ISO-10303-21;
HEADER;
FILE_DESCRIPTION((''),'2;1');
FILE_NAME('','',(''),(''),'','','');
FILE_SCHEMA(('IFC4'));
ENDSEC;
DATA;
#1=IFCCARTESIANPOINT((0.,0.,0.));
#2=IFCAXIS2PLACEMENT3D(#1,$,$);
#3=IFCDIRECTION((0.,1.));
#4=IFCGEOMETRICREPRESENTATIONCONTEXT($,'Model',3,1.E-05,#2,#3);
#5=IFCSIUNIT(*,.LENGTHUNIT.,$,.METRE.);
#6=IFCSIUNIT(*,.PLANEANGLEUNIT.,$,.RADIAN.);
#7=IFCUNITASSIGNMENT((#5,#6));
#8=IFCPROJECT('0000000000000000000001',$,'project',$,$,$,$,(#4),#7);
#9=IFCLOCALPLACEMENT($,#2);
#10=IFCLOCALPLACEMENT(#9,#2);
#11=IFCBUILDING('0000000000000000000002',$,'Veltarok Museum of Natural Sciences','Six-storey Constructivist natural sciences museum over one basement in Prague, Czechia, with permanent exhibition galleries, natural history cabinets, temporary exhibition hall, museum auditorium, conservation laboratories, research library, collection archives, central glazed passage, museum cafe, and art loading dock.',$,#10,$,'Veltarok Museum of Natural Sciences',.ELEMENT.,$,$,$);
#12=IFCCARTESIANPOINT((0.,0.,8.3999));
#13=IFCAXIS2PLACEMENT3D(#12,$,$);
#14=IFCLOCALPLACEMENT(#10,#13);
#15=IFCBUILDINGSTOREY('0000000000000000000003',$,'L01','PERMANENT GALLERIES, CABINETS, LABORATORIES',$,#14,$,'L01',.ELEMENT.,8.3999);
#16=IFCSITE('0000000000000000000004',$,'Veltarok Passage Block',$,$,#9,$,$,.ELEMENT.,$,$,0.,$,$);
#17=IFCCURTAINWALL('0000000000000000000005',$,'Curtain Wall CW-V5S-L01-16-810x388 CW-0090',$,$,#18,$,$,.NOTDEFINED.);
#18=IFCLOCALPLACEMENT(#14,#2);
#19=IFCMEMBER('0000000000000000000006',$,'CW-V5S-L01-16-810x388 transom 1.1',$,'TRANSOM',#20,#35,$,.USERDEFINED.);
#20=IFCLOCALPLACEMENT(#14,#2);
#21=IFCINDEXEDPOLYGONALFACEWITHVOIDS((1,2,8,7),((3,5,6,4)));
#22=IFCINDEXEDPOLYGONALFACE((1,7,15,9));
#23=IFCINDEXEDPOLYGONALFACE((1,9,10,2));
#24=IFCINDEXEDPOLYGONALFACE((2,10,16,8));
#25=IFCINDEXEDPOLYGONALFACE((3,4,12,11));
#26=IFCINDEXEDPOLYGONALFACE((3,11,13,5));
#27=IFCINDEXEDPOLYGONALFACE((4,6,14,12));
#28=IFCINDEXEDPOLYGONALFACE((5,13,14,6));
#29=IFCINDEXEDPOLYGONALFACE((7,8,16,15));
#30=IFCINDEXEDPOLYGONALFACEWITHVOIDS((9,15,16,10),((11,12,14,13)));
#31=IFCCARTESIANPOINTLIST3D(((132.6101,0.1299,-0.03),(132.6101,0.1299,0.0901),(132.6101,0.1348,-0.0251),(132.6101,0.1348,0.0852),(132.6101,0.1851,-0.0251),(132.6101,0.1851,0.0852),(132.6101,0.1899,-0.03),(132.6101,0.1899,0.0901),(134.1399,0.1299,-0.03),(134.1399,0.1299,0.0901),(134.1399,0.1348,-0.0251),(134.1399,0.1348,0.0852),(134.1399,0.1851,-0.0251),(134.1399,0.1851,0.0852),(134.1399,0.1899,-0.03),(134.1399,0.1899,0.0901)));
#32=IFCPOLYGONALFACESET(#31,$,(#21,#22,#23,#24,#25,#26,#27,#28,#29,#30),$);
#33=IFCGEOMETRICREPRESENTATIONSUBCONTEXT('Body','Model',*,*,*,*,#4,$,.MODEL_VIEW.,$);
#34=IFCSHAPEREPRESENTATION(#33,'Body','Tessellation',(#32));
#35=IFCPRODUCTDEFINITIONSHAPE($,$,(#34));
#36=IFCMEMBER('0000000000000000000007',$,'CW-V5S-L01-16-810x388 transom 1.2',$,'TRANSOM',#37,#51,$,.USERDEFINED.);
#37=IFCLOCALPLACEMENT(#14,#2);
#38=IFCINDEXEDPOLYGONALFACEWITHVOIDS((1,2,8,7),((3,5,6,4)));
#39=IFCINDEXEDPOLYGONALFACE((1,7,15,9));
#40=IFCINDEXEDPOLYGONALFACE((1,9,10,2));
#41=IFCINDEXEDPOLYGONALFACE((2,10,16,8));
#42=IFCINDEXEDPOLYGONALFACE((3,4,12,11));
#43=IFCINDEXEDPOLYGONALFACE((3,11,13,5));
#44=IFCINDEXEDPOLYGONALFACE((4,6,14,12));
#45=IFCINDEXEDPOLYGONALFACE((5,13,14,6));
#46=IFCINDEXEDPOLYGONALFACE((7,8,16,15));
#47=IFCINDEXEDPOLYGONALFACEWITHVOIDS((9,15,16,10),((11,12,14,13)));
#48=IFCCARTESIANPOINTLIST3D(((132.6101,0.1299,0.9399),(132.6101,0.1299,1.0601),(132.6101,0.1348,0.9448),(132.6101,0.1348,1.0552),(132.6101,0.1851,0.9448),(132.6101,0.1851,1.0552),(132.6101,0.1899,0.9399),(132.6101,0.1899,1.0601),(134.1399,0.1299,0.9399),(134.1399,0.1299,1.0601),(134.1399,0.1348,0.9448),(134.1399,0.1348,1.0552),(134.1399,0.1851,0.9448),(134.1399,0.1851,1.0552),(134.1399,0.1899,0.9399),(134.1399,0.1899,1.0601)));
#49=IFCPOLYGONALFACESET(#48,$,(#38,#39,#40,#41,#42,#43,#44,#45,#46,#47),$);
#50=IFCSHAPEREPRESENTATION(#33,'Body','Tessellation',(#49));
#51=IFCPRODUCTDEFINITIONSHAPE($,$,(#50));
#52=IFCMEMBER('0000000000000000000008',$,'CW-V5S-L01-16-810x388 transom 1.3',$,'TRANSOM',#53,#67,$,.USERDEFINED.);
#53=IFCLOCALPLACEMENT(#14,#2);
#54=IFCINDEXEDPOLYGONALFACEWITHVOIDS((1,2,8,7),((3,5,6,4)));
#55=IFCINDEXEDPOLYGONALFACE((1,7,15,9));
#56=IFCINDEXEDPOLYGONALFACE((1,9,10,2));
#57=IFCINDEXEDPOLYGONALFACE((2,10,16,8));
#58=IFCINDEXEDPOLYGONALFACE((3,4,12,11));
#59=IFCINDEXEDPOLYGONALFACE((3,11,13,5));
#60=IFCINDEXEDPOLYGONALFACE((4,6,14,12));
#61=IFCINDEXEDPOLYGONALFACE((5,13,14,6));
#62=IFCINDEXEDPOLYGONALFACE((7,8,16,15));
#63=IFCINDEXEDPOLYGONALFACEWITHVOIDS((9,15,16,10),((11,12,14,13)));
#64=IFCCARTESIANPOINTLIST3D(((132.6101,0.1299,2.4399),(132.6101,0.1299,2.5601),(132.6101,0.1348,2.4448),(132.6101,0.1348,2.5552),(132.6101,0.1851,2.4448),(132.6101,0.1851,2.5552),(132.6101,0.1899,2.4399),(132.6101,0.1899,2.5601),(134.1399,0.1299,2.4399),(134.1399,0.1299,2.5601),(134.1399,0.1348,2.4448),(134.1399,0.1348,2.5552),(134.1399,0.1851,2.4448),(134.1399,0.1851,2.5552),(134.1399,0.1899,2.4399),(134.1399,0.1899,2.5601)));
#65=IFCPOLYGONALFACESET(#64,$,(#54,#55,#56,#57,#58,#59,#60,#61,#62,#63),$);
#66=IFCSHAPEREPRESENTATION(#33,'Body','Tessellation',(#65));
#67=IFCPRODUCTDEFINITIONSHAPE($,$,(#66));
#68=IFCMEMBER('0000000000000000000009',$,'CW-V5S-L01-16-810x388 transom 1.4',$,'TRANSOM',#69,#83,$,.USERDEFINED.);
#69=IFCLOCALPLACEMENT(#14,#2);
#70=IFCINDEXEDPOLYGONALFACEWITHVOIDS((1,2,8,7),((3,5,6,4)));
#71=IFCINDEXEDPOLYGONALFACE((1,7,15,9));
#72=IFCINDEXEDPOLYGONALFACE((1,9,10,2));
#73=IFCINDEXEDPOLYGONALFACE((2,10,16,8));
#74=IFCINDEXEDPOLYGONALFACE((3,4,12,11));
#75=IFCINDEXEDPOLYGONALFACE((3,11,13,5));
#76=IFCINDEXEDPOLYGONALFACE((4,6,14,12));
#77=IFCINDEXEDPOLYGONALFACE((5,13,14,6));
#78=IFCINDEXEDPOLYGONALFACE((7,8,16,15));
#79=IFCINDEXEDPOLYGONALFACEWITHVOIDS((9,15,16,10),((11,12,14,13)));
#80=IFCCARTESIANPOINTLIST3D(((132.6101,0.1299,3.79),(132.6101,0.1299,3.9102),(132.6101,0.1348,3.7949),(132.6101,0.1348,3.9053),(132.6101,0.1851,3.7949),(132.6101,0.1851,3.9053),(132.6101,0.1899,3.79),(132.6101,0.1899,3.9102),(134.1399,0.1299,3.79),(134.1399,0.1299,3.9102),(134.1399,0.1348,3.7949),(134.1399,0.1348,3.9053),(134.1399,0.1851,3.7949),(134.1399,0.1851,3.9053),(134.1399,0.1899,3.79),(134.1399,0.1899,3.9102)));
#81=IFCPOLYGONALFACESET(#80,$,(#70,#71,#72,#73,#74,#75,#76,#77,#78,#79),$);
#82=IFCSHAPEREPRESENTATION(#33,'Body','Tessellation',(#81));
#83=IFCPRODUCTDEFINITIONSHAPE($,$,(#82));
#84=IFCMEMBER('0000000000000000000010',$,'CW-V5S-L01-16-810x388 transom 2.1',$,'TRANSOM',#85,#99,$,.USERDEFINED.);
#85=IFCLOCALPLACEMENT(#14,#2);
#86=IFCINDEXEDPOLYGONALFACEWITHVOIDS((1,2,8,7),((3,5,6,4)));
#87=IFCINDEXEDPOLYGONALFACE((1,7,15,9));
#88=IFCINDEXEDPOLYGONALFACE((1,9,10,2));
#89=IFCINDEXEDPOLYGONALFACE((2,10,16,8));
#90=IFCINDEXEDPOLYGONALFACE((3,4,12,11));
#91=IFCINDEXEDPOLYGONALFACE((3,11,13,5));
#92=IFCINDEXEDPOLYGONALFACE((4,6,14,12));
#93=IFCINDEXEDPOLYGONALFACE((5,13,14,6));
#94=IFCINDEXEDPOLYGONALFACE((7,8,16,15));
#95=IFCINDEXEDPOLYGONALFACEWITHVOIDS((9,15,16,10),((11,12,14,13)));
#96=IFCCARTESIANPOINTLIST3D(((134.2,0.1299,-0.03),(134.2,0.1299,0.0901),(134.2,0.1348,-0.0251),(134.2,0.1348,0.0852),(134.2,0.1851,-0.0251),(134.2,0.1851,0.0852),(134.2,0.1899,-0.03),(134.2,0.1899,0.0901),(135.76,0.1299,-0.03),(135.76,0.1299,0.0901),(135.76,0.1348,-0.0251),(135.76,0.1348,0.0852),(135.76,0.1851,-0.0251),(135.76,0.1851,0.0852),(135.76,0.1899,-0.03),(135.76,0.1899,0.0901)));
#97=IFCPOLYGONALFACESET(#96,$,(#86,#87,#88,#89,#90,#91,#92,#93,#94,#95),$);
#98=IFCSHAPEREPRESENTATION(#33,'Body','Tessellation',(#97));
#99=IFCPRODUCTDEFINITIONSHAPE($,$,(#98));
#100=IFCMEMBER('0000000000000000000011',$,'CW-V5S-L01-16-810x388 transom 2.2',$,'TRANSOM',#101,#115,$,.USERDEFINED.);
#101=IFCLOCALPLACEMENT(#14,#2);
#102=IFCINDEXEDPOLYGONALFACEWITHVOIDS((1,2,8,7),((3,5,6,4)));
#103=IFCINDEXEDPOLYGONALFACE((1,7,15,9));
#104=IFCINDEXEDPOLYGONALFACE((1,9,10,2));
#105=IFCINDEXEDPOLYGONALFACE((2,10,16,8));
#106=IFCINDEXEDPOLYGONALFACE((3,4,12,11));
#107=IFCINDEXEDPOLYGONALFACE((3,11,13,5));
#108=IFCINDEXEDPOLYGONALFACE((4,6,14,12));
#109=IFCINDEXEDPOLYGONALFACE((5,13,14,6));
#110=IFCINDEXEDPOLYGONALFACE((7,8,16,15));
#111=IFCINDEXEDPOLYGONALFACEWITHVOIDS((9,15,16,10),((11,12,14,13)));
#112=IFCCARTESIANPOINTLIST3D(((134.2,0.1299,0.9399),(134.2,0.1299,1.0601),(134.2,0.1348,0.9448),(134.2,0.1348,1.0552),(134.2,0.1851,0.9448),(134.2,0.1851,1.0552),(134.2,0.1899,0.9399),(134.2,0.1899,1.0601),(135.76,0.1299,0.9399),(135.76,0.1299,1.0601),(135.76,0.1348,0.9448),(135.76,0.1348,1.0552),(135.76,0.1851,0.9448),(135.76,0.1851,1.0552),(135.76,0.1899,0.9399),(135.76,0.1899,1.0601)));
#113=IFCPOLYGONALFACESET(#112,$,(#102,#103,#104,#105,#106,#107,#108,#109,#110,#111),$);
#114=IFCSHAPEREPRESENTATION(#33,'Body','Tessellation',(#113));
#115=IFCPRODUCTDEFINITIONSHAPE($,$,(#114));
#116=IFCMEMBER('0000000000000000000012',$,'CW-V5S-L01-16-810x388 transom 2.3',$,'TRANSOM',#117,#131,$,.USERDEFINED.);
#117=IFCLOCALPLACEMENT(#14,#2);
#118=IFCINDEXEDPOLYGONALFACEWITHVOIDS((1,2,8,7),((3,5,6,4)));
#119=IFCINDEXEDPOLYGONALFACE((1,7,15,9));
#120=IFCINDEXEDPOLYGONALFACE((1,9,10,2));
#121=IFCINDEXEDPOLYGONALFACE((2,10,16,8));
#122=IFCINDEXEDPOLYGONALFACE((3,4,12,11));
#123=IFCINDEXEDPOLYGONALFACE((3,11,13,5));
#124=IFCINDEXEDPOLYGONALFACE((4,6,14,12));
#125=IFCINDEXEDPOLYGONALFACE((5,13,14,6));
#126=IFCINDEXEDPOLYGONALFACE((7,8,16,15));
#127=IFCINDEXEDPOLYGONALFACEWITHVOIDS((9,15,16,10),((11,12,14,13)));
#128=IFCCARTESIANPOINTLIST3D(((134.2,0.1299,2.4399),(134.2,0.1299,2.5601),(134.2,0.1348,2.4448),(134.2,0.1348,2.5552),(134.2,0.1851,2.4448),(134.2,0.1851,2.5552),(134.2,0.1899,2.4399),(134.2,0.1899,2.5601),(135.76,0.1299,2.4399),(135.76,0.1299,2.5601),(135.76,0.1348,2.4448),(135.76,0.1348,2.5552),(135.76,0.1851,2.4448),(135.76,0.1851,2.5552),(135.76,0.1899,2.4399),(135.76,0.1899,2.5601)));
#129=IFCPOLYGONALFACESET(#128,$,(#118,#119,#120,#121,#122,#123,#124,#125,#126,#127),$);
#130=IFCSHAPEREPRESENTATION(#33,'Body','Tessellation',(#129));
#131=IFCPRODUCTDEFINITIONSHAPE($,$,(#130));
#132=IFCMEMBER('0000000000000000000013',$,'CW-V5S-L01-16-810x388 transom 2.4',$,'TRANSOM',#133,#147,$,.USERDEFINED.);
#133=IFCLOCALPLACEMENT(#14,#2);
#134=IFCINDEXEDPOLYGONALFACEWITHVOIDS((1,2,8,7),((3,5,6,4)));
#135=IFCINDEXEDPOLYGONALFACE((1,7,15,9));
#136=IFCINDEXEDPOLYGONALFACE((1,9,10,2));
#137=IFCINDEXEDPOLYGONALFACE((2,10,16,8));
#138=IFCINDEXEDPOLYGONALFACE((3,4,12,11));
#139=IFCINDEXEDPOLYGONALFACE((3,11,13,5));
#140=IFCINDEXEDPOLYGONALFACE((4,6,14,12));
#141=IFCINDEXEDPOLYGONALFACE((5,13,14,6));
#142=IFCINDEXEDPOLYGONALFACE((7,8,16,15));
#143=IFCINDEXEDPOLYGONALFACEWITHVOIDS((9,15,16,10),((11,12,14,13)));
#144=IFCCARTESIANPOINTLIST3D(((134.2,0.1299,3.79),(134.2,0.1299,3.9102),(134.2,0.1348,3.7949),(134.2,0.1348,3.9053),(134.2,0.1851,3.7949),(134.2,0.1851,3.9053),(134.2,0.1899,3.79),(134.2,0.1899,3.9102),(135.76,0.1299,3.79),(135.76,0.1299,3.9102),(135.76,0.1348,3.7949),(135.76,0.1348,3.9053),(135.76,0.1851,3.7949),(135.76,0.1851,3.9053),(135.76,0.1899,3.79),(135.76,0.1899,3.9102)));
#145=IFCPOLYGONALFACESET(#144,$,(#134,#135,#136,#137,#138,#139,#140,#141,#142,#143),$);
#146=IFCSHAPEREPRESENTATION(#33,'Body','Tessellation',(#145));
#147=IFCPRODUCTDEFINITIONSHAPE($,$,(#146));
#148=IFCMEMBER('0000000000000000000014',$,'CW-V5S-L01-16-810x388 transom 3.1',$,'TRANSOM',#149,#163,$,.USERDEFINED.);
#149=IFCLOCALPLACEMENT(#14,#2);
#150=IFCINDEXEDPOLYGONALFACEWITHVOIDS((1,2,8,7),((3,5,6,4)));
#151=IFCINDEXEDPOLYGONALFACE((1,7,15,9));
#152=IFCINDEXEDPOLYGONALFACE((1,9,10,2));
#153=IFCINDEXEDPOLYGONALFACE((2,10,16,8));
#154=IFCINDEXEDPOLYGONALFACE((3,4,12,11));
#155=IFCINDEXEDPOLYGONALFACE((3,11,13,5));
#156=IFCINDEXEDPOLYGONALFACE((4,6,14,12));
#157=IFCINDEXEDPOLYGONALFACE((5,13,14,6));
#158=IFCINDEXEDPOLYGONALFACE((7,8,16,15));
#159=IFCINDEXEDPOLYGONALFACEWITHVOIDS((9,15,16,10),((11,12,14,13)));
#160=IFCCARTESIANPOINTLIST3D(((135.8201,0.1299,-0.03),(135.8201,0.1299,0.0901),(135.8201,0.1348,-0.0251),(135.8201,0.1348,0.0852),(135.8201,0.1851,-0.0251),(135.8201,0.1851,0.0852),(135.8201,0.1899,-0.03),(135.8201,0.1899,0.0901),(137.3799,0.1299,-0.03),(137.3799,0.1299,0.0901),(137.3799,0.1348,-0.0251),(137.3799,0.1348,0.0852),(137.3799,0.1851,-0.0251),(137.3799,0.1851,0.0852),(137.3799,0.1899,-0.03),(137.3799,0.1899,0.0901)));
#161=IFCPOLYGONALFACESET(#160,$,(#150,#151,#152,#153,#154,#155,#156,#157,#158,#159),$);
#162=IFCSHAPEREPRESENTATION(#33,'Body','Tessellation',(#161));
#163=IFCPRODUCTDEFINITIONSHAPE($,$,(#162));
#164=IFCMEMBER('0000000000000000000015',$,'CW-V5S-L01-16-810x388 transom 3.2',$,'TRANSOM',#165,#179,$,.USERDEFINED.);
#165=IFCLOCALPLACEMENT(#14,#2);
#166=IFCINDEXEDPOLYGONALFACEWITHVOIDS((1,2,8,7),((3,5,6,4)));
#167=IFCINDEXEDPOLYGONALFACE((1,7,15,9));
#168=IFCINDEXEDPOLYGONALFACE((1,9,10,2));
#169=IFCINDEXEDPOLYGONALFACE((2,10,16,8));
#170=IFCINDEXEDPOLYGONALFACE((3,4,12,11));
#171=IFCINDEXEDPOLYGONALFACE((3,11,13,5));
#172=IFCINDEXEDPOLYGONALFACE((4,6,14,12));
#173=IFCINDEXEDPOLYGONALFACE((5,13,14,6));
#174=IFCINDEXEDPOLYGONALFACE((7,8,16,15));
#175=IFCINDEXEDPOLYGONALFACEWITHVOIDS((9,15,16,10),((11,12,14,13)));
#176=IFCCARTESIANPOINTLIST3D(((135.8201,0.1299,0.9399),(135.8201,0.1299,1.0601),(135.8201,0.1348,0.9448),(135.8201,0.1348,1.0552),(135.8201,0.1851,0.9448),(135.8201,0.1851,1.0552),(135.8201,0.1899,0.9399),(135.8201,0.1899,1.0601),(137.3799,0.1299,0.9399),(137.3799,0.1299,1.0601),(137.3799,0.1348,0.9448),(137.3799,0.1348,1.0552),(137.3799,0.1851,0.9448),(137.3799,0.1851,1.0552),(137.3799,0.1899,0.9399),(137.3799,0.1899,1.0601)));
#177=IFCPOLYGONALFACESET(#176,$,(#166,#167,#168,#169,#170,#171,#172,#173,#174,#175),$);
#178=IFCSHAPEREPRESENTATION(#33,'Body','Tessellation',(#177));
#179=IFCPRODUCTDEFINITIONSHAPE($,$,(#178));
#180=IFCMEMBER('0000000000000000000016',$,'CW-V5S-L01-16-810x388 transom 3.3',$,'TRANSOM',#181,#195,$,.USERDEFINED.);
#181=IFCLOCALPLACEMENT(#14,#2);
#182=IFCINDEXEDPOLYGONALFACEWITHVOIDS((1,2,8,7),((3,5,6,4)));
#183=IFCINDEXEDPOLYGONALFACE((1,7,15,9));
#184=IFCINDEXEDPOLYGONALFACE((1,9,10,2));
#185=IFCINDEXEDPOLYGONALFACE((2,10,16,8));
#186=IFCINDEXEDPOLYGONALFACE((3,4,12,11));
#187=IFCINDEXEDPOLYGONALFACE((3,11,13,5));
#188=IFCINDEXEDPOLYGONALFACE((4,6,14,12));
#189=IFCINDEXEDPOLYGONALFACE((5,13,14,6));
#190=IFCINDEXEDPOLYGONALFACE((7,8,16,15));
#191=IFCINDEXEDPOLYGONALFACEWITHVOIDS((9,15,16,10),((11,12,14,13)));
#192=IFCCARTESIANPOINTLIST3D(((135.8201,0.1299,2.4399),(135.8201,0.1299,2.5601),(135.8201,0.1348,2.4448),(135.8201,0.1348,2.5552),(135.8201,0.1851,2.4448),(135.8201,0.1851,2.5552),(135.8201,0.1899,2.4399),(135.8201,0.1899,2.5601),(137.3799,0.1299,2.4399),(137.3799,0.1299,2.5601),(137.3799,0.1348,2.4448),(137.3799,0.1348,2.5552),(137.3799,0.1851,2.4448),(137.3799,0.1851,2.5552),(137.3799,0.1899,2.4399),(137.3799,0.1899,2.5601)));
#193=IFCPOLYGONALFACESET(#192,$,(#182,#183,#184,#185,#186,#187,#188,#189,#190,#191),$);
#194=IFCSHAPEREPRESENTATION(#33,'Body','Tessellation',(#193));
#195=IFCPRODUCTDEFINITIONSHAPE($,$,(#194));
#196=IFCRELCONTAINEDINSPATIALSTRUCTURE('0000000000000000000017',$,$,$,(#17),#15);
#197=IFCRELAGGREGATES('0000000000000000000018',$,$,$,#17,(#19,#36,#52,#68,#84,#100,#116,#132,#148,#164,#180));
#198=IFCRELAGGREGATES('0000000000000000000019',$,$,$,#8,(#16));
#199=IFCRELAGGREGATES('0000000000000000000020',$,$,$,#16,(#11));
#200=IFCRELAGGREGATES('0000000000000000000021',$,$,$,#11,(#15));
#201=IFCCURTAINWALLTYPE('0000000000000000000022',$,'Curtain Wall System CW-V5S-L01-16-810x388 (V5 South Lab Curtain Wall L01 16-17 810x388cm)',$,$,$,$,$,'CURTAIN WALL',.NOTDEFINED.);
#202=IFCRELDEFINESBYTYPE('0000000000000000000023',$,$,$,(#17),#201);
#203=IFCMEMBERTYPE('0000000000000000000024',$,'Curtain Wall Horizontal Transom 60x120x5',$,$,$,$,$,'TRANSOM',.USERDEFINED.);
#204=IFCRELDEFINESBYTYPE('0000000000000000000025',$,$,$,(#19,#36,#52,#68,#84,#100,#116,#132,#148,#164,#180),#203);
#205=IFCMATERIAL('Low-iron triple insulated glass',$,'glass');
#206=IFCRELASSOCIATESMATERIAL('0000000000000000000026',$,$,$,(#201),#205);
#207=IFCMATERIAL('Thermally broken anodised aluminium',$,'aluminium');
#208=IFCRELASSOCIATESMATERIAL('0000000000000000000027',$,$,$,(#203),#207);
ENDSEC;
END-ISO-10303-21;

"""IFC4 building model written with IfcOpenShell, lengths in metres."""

from ifc_helpers import new_model, si_unit, direction, frame, origin, origin_2d, place, context, subcontext, project, spatial, hollow_rectangle, extrude, material, material_profile, profile_set, type_object, element, aggregate, save


model = new_model("IFC4")

# Units and contexts
model_context = context("Model", 3, precision=1e-05, world=origin(), true_north=direction((0.0, 1.0)))
body_context = subcontext(model_context, "Body", "Model", "MODEL_VIEW")
ifc_project = project(units=[si_unit("LENGTHUNIT", "METRE"), si_unit("PLANEANGLEUNIT", "RADIAN")], contexts=[model_context])

# Site, building, storey
site_placement = place(None, origin())
site = spatial("IfcSite", under=ifc_project, at=site_placement, Name="Veltarok Passage Block", CompositionType="ELEMENT", RefElevation=0.0)
building_placement = place(site_placement, origin())
building = spatial("IfcBuilding", under=site, at=building_placement, Name="Veltarok Museum of Natural Sciences", Description="Six-storey Constructivist natural sciences museum over one basement in Prague, Czechia, with permanent exhibition galleries, natural history cabinets, temporary exhibition hall, museum auditorium, conservation laboratories, research library, collection archives, central glazed passage, museum cafe, and art loading dock.", LongName="Veltarok Museum of Natural Sciences", CompositionType="ELEMENT")
storey_placement = place(building_placement, frame((0.0, 0.0, 8.3999)))
storey = spatial("IfcBuildingStorey", under=building, at=storey_placement, Name="L01", Description="PERMANENT GALLERIES, CABINETS, LABORATORIES", LongName="L01", CompositionType="ELEMENT", Elevation=8.3999)

# Curtain wall, members
ifc_material_1 = material(Name="Low-iron triple insulated glass", Category="glass")
curtain_wall_type = type_object("IfcCurtainWallType", Name="Curtain Wall System CW-V5S-L01-16-810x388 (V5 South Lab Curtain Wall L01 16-17 810x388cm)", ElementType="CURTAIN WALL", PredefinedType="NOTDEFINED", material=ifc_material_1)
curtain_wall_placement = place(storey_placement, origin())
curtain_wall = element("IfcCurtainWall", 1, at=curtain_wall_placement, inside=storey, type_object=curtain_wall_type, Name="Curtain Wall CW-V5S-L01-16-810x388 CW-0090", PredefinedType="NOTDEFINED")
ifc_material_2 = material(Name="Thermally broken anodised aluminium", Category="aluminium")
ifc_material_profile_1 = material_profile(ifc_material_2, hollow_rectangle(XDim=0.0601, YDim=0.1201, WallThickness=0.0049, at=origin_2d()), Name="CW TRANSOM 60x120x5")
ifc_profile_set_1 = profile_set([ifc_material_profile_1], Name="Thermally broken anodised aluminium")
member_type_1 = type_object("IfcMemberType", Name="Curtain Wall Horizontal Transom 60x120x5", ElementType="TRANSOM", PredefinedType="USERDEFINED", material=ifc_profile_set_1)
member_1_placement = place(storey_placement, frame((132.6101, 0.1599, 0.03), z_axis=(1.0, 0.0, 0.0), x_axis=(0.0, 1.0, 0.0)))
member_1 = element("IfcMember", 2, at=member_1_placement, type_object=member_type_1, Name="CW-V5S-L01-16-810x388 transom 1.1", ObjectType="TRANSOM", PredefinedType="USERDEFINED", context=body_context, shape_type="SweptSolid", body=[
    extrude(hollow_rectangle(XDim=0.0601, YDim=0.1201, WallThickness=0.0049, at=origin_2d()), origin(), (0.0, 0.0, 1.0), 1.5298),
])
member_2_placement = place(storey_placement, frame((132.6101, 0.1599, 1.0), z_axis=(1.0, 0.0, 0.0), x_axis=(0.0, 1.0, 0.0)))
member_2 = element("IfcMember", 3, at=member_2_placement, type_object=member_type_1, Name="CW-V5S-L01-16-810x388 transom 1.2", ObjectType="TRANSOM", PredefinedType="USERDEFINED", context=body_context, shape_type="SweptSolid", body=[
    extrude(hollow_rectangle(XDim=0.0601, YDim=0.1201, WallThickness=0.0049, at=origin_2d()), origin(), (0.0, 0.0, 1.0), 1.5298),
])
member_3_placement = place(storey_placement, frame((132.6101, 0.1599, 2.5), z_axis=(1.0, 0.0, 0.0), x_axis=(0.0, 1.0, 0.0)))
member_3 = element("IfcMember", 4, at=member_3_placement, type_object=member_type_1, Name="CW-V5S-L01-16-810x388 transom 1.3", ObjectType="TRANSOM", PredefinedType="USERDEFINED", context=body_context, shape_type="SweptSolid", body=[
    extrude(hollow_rectangle(XDim=0.0601, YDim=0.1201, WallThickness=0.0049, at=origin_2d()), origin(), (0.0, 0.0, 1.0), 1.5298),
])
member_4_placement = place(storey_placement, frame((132.6101, 0.1599, 3.8501), z_axis=(1.0, 0.0, 0.0), x_axis=(0.0, 1.0, 0.0)))
member_4 = element("IfcMember", 5, at=member_4_placement, type_object=member_type_1, Name="CW-V5S-L01-16-810x388 transom 1.4", ObjectType="TRANSOM", PredefinedType="USERDEFINED", context=body_context, shape_type="SweptSolid", body=[
    extrude(hollow_rectangle(XDim=0.0601, YDim=0.1201, WallThickness=0.0049, at=origin_2d()), origin(), (0.0, 0.0, 1.0), 1.5298),
])
member_5_placement = place(storey_placement, frame((134.2, 0.1599, 0.03), z_axis=(1.0, 0.0, 0.0), x_axis=(0.0, 1.0, 0.0)))
member_5 = element("IfcMember", 6, at=member_5_placement, type_object=member_type_1, Name="CW-V5S-L01-16-810x388 transom 2.1", ObjectType="TRANSOM", PredefinedType="USERDEFINED", context=body_context, shape_type="SweptSolid", body=[
    extrude(hollow_rectangle(XDim=0.0601, YDim=0.1201, WallThickness=0.0049, at=origin_2d()), origin(), (0.0, 0.0, 1.0), 1.5601),
])
member_6_placement = place(storey_placement, frame((134.2, 0.1599, 1.0), z_axis=(1.0, 0.0, 0.0), x_axis=(0.0, 1.0, 0.0)))
member_6 = element("IfcMember", 7, at=member_6_placement, type_object=member_type_1, Name="CW-V5S-L01-16-810x388 transom 2.2", ObjectType="TRANSOM", PredefinedType="USERDEFINED", context=body_context, shape_type="SweptSolid", body=[
    extrude(hollow_rectangle(XDim=0.0601, YDim=0.1201, WallThickness=0.0049, at=origin_2d()), origin(), (0.0, 0.0, 1.0), 1.5601),
])
member_7_placement = place(storey_placement, frame((134.2, 0.1599, 2.5), z_axis=(1.0, 0.0, 0.0), x_axis=(0.0, 1.0, 0.0)))
member_7 = element("IfcMember", 8, at=member_7_placement, type_object=member_type_1, Name="CW-V5S-L01-16-810x388 transom 2.3", ObjectType="TRANSOM", PredefinedType="USERDEFINED", context=body_context, shape_type="SweptSolid", body=[
    extrude(hollow_rectangle(XDim=0.0601, YDim=0.1201, WallThickness=0.0049, at=origin_2d()), origin(), (0.0, 0.0, 1.0), 1.5601),
])
member_8_placement = place(storey_placement, frame((134.2, 0.1599, 3.8501), z_axis=(1.0, 0.0, 0.0), x_axis=(0.0, 1.0, 0.0)))
member_8 = element("IfcMember", 9, at=member_8_placement, type_object=member_type_1, Name="CW-V5S-L01-16-810x388 transom 2.4", ObjectType="TRANSOM", PredefinedType="USERDEFINED", context=body_context, shape_type="SweptSolid", body=[
    extrude(hollow_rectangle(XDim=0.0601, YDim=0.1201, WallThickness=0.0049, at=origin_2d()), origin(), (0.0, 0.0, 1.0), 1.5601),
])
member_9_placement = place(storey_placement, frame((135.8201, 0.1599, 0.03), z_axis=(1.0, 0.0, 0.0), x_axis=(0.0, 1.0, 0.0)))
member_9 = element("IfcMember", 10, at=member_9_placement, type_object=member_type_1, Name="CW-V5S-L01-16-810x388 transom 3.1", ObjectType="TRANSOM", PredefinedType="USERDEFINED", context=body_context, shape_type="SweptSolid", body=[
    extrude(hollow_rectangle(XDim=0.0601, YDim=0.1201, WallThickness=0.0049, at=origin_2d()), origin(), (0.0, 0.0, 1.0), 1.5598),
])
member_10_placement = place(storey_placement, frame((135.8201, 0.1599, 1.0), z_axis=(1.0, 0.0, 0.0), x_axis=(0.0, 1.0, 0.0)))
member_10 = element("IfcMember", 11, at=member_10_placement, type_object=member_type_1, Name="CW-V5S-L01-16-810x388 transom 3.2", ObjectType="TRANSOM", PredefinedType="USERDEFINED", context=body_context, shape_type="SweptSolid", body=[
    extrude(hollow_rectangle(XDim=0.0601, YDim=0.1201, WallThickness=0.0049, at=origin_2d()), origin(), (0.0, 0.0, 1.0), 1.5598),
])
member_11_placement = place(storey_placement, frame((135.8201, 0.1599, 2.5), z_axis=(1.0, 0.0, 0.0), x_axis=(0.0, 1.0, 0.0)))
member_11 = element("IfcMember", 12, at=member_11_placement, type_object=member_type_1, Name="CW-V5S-L01-16-810x388 transom 3.3", ObjectType="TRANSOM", PredefinedType="USERDEFINED", context=body_context, shape_type="SweptSolid", body=[
    extrude(hollow_rectangle(XDim=0.0601, YDim=0.1201, WallThickness=0.0049, at=origin_2d()), origin(), (0.0, 0.0, 1.0), 1.5598),
])

aggregate(curtain_wall, [member_1, member_2, member_3, member_4, member_5, member_6, member_7, member_8, member_9, member_10, member_11])

save(model, "model.ifc")
